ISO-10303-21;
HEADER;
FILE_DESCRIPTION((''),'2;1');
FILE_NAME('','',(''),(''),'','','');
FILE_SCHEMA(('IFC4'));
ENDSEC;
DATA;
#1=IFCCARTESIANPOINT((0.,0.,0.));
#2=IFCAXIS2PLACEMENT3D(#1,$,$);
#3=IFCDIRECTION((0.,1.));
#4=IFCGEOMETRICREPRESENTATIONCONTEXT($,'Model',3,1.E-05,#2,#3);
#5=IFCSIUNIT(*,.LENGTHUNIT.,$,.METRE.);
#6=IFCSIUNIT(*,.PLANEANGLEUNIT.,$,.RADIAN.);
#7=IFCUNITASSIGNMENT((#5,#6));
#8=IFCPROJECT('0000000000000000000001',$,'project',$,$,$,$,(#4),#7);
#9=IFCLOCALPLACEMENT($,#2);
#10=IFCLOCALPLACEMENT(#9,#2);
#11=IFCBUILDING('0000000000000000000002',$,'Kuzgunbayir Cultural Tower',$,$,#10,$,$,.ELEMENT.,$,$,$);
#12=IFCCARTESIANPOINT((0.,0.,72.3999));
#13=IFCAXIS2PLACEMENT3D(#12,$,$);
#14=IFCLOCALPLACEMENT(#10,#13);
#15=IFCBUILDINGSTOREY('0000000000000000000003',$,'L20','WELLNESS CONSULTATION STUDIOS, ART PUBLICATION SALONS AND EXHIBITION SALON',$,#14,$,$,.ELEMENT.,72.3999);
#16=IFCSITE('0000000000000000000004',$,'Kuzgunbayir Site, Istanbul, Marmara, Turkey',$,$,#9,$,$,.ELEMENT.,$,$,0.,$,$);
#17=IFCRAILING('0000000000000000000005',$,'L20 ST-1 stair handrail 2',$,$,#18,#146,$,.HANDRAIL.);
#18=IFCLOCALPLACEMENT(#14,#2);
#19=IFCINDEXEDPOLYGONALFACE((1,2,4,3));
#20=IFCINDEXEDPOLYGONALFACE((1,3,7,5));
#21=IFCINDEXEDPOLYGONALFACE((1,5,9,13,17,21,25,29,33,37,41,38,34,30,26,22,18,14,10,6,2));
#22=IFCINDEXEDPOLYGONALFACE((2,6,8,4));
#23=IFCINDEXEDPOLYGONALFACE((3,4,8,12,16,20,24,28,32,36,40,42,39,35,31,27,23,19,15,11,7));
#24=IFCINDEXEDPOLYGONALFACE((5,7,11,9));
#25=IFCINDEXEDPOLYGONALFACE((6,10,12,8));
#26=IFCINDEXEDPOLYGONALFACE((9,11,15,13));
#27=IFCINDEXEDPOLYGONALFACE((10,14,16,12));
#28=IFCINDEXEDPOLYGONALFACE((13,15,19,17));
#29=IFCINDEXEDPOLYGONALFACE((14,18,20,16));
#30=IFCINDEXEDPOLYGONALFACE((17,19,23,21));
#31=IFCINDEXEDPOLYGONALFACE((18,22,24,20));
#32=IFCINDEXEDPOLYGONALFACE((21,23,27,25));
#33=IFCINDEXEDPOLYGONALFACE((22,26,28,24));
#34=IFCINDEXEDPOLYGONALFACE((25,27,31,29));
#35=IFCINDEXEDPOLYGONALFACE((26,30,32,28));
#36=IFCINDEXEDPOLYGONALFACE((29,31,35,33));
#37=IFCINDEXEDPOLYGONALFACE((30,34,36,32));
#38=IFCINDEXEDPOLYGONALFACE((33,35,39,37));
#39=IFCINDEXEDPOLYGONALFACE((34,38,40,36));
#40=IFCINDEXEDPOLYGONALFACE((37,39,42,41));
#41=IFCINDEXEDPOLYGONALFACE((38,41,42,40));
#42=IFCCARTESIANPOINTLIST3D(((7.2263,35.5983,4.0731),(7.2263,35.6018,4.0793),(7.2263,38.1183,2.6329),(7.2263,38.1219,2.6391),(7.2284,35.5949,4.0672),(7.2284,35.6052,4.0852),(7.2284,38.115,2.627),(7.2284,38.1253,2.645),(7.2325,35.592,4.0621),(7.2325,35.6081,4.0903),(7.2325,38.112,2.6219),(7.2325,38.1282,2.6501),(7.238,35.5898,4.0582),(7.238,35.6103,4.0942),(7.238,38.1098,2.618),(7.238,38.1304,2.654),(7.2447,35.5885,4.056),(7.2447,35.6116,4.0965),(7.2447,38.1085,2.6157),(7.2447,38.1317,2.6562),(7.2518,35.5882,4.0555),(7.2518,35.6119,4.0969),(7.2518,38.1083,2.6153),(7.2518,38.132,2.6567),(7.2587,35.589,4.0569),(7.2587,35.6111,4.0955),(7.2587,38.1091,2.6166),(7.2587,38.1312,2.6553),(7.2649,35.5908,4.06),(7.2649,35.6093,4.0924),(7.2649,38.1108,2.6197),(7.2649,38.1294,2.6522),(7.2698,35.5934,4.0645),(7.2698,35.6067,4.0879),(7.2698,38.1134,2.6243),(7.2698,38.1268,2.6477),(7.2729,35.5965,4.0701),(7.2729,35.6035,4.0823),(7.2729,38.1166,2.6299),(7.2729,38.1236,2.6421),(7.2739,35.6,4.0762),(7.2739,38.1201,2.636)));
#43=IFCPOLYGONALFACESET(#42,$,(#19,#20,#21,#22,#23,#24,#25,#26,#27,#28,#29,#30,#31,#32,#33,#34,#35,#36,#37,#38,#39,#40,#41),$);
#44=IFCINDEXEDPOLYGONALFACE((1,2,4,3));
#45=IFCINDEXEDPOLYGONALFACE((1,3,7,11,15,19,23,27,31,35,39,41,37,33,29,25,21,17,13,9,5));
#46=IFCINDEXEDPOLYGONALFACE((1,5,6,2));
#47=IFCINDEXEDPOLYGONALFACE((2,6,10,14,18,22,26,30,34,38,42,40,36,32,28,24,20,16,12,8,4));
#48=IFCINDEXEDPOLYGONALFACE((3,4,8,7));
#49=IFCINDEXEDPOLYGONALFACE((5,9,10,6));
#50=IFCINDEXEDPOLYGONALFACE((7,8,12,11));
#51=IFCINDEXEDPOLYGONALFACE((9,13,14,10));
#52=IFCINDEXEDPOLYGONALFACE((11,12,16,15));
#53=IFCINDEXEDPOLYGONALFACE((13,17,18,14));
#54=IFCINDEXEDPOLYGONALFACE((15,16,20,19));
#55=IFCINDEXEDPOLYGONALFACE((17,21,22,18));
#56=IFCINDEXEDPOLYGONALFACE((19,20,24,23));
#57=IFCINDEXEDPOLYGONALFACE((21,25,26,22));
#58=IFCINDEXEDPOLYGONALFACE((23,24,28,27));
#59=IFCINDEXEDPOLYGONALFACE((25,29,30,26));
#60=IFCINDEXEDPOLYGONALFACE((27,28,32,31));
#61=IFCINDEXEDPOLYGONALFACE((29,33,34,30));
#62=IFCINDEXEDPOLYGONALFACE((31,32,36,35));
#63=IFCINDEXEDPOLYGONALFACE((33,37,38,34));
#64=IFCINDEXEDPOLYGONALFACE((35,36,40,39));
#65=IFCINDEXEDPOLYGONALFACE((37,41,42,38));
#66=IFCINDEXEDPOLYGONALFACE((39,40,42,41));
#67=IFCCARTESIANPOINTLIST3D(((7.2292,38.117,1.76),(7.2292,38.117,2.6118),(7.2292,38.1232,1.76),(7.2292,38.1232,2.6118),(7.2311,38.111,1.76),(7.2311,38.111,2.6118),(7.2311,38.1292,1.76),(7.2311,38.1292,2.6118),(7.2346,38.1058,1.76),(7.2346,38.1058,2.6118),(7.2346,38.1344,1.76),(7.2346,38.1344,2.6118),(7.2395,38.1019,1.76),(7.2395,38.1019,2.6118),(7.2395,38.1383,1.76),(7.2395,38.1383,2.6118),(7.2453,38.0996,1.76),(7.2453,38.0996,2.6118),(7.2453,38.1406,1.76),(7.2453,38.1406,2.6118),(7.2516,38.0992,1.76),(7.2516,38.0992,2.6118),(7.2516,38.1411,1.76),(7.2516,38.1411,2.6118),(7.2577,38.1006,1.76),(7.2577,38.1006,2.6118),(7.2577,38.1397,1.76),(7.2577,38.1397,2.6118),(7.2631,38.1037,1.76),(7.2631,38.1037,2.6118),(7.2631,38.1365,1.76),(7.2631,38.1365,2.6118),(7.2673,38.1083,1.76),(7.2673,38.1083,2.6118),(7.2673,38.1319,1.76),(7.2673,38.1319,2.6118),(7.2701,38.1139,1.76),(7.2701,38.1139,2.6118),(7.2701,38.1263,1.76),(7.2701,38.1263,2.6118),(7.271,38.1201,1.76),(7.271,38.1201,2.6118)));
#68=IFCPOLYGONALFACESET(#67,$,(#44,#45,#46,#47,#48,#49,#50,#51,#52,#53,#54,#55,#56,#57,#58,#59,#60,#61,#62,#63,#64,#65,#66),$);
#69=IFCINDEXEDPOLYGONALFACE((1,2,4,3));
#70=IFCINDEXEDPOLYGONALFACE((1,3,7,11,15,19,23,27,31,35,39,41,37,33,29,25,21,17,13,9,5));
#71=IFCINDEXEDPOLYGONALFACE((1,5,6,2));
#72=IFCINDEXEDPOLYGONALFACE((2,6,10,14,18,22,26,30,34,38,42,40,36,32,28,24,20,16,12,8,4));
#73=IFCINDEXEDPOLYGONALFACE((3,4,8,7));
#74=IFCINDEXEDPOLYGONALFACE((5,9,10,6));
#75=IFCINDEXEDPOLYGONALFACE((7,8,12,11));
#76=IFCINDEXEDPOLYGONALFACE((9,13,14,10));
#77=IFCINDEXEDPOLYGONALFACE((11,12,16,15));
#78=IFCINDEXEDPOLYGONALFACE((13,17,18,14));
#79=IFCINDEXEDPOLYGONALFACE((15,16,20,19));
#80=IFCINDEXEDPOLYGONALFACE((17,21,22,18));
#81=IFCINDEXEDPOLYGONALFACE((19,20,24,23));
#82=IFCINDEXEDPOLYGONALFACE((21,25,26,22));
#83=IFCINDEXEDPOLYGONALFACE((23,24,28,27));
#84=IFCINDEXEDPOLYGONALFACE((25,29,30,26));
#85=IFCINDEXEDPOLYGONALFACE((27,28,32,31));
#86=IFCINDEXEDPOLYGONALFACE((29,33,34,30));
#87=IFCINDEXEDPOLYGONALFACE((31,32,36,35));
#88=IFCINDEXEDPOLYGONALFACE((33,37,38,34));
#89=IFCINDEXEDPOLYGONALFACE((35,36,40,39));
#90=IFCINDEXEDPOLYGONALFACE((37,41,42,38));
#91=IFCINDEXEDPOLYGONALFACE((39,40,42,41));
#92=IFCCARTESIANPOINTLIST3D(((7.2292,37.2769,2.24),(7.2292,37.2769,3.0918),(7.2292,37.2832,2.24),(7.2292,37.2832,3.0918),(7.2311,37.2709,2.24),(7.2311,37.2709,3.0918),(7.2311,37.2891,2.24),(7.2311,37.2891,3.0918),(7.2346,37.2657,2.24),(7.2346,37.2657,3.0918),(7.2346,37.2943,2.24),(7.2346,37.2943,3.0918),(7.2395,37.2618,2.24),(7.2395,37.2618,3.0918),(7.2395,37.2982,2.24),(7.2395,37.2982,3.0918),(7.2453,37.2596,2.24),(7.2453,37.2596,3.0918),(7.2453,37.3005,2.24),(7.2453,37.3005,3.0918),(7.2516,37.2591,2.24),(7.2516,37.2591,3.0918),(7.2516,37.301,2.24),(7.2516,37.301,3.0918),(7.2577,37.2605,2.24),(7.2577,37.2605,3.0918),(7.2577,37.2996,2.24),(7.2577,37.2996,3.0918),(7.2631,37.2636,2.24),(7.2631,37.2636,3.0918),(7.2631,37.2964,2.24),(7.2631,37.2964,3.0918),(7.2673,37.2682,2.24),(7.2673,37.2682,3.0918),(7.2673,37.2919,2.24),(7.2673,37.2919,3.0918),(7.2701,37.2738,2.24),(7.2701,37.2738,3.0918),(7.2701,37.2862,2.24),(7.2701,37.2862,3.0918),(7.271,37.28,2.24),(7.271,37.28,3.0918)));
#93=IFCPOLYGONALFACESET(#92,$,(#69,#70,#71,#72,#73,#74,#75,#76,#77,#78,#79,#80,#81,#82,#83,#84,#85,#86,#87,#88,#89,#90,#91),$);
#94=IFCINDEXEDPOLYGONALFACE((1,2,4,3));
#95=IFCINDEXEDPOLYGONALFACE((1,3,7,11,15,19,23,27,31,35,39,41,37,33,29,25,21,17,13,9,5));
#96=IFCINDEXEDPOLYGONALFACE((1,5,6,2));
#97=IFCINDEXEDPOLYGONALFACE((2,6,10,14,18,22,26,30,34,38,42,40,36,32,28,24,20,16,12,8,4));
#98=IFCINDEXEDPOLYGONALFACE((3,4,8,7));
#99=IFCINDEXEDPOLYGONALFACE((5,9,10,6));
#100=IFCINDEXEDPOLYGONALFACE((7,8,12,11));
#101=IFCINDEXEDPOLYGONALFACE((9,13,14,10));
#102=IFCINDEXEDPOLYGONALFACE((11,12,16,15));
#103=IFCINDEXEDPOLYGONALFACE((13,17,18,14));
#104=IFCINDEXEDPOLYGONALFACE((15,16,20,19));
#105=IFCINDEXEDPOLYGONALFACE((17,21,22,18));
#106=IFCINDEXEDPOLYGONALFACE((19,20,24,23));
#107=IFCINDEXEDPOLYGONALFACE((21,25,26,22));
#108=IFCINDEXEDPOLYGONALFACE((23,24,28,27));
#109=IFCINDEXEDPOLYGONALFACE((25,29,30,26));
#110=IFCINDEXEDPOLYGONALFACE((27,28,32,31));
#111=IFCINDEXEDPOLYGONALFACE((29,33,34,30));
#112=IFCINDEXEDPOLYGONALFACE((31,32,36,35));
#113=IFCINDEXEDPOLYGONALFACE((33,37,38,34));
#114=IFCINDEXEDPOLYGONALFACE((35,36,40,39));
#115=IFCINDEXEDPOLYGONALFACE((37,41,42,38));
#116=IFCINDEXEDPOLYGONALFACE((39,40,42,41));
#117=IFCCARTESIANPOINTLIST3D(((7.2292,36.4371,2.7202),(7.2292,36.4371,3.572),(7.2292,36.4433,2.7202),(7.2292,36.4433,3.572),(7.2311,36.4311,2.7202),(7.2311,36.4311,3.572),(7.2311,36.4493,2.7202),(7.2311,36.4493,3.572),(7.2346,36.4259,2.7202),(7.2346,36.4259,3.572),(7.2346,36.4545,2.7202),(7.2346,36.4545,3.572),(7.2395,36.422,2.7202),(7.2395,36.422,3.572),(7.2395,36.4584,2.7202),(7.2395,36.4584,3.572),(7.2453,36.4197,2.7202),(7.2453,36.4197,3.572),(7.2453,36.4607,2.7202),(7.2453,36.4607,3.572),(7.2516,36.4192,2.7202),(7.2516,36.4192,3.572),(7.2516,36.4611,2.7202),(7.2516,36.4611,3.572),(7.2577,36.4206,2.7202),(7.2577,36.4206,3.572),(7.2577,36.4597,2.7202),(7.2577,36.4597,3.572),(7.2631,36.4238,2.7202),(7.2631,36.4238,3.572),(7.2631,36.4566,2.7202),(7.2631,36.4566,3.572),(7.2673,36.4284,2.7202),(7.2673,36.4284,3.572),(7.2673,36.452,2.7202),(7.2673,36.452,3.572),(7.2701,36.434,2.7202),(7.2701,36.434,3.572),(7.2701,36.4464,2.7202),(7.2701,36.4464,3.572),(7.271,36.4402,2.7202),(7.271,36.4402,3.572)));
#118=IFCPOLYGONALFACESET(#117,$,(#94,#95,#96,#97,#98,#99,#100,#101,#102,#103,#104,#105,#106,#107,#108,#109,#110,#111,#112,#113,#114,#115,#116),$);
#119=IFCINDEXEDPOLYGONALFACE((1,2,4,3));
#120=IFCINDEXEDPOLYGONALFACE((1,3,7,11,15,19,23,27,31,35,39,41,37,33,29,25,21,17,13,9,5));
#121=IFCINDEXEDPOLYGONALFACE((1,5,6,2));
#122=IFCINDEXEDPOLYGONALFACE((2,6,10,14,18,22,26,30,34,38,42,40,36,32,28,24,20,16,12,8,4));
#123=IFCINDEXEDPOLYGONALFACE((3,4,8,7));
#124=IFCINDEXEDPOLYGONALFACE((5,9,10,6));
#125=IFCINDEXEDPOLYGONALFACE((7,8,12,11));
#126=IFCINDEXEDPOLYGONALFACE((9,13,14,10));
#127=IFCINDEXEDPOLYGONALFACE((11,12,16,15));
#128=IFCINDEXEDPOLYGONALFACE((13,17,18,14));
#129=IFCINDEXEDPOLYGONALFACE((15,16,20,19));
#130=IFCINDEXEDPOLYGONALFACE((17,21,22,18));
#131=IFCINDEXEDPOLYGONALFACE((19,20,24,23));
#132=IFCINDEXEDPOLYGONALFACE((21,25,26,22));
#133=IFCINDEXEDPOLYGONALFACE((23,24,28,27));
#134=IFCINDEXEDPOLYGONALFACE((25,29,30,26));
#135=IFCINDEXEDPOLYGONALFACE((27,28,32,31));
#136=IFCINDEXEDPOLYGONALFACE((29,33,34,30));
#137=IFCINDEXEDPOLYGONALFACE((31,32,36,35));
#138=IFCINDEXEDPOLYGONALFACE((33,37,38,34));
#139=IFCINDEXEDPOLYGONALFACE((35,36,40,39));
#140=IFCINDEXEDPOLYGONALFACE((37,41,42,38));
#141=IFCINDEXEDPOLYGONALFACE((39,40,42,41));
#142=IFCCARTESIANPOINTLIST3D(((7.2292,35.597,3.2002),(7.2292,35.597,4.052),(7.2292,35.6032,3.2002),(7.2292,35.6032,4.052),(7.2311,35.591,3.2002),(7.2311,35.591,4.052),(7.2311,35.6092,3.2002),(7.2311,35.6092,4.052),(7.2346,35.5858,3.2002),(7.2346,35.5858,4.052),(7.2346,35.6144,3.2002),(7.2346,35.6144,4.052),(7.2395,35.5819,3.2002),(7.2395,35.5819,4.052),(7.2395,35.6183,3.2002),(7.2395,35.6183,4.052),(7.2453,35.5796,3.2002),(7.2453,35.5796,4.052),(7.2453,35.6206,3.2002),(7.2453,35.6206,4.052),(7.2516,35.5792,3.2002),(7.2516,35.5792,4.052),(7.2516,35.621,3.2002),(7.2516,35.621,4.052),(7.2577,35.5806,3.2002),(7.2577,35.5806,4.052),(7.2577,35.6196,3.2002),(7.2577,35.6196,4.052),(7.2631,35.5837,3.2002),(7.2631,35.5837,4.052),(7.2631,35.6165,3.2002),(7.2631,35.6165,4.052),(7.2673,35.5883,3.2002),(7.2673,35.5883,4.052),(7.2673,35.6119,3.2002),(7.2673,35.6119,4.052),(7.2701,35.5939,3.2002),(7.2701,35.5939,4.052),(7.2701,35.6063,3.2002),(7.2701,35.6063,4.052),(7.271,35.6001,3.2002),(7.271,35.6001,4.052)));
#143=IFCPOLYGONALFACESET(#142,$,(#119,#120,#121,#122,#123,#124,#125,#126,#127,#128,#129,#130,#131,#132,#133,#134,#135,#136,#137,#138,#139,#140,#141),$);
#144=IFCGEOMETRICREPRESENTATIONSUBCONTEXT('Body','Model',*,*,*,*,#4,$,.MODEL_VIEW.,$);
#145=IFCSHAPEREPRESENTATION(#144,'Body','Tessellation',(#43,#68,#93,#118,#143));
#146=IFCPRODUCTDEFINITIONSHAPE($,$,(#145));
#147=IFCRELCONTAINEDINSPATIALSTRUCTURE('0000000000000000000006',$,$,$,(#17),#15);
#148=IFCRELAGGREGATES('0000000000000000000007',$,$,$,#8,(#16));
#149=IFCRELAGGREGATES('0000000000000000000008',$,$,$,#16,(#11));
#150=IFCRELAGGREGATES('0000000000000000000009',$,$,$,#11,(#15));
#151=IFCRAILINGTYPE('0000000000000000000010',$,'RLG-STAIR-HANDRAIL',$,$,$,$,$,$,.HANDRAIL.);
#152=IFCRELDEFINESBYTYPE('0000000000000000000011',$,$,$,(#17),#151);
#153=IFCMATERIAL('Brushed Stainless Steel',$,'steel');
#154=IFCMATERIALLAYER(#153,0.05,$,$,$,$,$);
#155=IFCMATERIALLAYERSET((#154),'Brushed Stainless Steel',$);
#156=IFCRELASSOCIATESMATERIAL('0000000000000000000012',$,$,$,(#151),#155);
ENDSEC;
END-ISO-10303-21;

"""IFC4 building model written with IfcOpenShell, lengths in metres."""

from ifc_helpers import new_model, si_unit, direction, frame, origin, origin_2d, place, context, subcontext, project, spatial, circle, extrude, material, layer, layer_set, type_object, element, save


model = new_model("IFC4")

# Units and contexts
model_context = context("Model", 3, precision=1e-05, world=origin(), true_north=direction((0.0, 1.0)))
body_context = subcontext(model_context, "Body", "Model", "MODEL_VIEW")
ifc_project = project(units=[si_unit("LENGTHUNIT", "METRE"), si_unit("PLANEANGLEUNIT", "RADIAN")], contexts=[model_context])

# Site, building, storey
site_placement = place(None, origin())
site = spatial("IfcSite", under=ifc_project, at=site_placement, Name="Kuzgunbayir Site, Istanbul, Marmara, Turkey", CompositionType="ELEMENT", RefElevation=0.0)
building_placement = place(site_placement, origin())
building = spatial("IfcBuilding", under=site, at=building_placement, Name="Kuzgunbayir Cultural Tower", CompositionType="ELEMENT")
storey_placement = place(building_placement, frame((0.0, 0.0, 72.3999)))
storey = spatial("IfcBuildingStorey", under=building, at=storey_placement, Name="L20", Description="WELLNESS CONSULTATION STUDIOS, ART PUBLICATION SALONS AND EXHIBITION SALON", CompositionType="ELEMENT", Elevation=72.3999)

# Shared definitions
ifc_material_1 = material(Name="Brushed Stainless Steel", Category="steel")

# Railing
ifc_layer_1 = layer(ifc_material_1, 0.05)
ifc_layer_set_1 = layer_set([ifc_layer_1], Name="Brushed Stainless Steel")
railing_type_1 = type_object("IfcRailingType", Name="RLG-STAIR-HANDRAIL", PredefinedType="HANDRAIL", material=ifc_layer_set_1)
railing_1_placement = place(storey_placement, frame((7.25, 38.1201, 1.76)))
element("IfcRailing", 1, at=railing_1_placement, inside=storey, type_object=railing_type_1, Name="L20 ST-1 stair handrail 2", PredefinedType="HANDRAIL", context=body_context, shape_type="SweptSolid", body=[
    extrude(circle(Radius=0.0239, at=origin_2d()), frame((0.0, 0.0, 0.876), z_axis=(0.0, -0.868217, 0.496184), x_axis=(1.0, 0.0, 0.0)), (0.0, 0.0, 1.0), 2.9026),
    extrude(circle(Radius=0.021, at=origin_2d()), origin(), (0.0, 0.0, 1.0), 0.8518),
    extrude(circle(Radius=0.021, at=origin_2d()), frame((0.0, -0.8401, 0.48)), (0.0, 0.0, 1.0), 0.8518),
    extrude(circle(Radius=0.021, at=origin_2d()), frame((0.0, -1.6799, 0.9602)), (0.0, 0.0, 1.0), 0.8518),
    extrude(circle(Radius=0.021, at=origin_2d()), frame((0.0, -2.52, 1.4402)), (0.0, 0.0, 1.0), 0.8518),
])

save(model, "model.ifc")
